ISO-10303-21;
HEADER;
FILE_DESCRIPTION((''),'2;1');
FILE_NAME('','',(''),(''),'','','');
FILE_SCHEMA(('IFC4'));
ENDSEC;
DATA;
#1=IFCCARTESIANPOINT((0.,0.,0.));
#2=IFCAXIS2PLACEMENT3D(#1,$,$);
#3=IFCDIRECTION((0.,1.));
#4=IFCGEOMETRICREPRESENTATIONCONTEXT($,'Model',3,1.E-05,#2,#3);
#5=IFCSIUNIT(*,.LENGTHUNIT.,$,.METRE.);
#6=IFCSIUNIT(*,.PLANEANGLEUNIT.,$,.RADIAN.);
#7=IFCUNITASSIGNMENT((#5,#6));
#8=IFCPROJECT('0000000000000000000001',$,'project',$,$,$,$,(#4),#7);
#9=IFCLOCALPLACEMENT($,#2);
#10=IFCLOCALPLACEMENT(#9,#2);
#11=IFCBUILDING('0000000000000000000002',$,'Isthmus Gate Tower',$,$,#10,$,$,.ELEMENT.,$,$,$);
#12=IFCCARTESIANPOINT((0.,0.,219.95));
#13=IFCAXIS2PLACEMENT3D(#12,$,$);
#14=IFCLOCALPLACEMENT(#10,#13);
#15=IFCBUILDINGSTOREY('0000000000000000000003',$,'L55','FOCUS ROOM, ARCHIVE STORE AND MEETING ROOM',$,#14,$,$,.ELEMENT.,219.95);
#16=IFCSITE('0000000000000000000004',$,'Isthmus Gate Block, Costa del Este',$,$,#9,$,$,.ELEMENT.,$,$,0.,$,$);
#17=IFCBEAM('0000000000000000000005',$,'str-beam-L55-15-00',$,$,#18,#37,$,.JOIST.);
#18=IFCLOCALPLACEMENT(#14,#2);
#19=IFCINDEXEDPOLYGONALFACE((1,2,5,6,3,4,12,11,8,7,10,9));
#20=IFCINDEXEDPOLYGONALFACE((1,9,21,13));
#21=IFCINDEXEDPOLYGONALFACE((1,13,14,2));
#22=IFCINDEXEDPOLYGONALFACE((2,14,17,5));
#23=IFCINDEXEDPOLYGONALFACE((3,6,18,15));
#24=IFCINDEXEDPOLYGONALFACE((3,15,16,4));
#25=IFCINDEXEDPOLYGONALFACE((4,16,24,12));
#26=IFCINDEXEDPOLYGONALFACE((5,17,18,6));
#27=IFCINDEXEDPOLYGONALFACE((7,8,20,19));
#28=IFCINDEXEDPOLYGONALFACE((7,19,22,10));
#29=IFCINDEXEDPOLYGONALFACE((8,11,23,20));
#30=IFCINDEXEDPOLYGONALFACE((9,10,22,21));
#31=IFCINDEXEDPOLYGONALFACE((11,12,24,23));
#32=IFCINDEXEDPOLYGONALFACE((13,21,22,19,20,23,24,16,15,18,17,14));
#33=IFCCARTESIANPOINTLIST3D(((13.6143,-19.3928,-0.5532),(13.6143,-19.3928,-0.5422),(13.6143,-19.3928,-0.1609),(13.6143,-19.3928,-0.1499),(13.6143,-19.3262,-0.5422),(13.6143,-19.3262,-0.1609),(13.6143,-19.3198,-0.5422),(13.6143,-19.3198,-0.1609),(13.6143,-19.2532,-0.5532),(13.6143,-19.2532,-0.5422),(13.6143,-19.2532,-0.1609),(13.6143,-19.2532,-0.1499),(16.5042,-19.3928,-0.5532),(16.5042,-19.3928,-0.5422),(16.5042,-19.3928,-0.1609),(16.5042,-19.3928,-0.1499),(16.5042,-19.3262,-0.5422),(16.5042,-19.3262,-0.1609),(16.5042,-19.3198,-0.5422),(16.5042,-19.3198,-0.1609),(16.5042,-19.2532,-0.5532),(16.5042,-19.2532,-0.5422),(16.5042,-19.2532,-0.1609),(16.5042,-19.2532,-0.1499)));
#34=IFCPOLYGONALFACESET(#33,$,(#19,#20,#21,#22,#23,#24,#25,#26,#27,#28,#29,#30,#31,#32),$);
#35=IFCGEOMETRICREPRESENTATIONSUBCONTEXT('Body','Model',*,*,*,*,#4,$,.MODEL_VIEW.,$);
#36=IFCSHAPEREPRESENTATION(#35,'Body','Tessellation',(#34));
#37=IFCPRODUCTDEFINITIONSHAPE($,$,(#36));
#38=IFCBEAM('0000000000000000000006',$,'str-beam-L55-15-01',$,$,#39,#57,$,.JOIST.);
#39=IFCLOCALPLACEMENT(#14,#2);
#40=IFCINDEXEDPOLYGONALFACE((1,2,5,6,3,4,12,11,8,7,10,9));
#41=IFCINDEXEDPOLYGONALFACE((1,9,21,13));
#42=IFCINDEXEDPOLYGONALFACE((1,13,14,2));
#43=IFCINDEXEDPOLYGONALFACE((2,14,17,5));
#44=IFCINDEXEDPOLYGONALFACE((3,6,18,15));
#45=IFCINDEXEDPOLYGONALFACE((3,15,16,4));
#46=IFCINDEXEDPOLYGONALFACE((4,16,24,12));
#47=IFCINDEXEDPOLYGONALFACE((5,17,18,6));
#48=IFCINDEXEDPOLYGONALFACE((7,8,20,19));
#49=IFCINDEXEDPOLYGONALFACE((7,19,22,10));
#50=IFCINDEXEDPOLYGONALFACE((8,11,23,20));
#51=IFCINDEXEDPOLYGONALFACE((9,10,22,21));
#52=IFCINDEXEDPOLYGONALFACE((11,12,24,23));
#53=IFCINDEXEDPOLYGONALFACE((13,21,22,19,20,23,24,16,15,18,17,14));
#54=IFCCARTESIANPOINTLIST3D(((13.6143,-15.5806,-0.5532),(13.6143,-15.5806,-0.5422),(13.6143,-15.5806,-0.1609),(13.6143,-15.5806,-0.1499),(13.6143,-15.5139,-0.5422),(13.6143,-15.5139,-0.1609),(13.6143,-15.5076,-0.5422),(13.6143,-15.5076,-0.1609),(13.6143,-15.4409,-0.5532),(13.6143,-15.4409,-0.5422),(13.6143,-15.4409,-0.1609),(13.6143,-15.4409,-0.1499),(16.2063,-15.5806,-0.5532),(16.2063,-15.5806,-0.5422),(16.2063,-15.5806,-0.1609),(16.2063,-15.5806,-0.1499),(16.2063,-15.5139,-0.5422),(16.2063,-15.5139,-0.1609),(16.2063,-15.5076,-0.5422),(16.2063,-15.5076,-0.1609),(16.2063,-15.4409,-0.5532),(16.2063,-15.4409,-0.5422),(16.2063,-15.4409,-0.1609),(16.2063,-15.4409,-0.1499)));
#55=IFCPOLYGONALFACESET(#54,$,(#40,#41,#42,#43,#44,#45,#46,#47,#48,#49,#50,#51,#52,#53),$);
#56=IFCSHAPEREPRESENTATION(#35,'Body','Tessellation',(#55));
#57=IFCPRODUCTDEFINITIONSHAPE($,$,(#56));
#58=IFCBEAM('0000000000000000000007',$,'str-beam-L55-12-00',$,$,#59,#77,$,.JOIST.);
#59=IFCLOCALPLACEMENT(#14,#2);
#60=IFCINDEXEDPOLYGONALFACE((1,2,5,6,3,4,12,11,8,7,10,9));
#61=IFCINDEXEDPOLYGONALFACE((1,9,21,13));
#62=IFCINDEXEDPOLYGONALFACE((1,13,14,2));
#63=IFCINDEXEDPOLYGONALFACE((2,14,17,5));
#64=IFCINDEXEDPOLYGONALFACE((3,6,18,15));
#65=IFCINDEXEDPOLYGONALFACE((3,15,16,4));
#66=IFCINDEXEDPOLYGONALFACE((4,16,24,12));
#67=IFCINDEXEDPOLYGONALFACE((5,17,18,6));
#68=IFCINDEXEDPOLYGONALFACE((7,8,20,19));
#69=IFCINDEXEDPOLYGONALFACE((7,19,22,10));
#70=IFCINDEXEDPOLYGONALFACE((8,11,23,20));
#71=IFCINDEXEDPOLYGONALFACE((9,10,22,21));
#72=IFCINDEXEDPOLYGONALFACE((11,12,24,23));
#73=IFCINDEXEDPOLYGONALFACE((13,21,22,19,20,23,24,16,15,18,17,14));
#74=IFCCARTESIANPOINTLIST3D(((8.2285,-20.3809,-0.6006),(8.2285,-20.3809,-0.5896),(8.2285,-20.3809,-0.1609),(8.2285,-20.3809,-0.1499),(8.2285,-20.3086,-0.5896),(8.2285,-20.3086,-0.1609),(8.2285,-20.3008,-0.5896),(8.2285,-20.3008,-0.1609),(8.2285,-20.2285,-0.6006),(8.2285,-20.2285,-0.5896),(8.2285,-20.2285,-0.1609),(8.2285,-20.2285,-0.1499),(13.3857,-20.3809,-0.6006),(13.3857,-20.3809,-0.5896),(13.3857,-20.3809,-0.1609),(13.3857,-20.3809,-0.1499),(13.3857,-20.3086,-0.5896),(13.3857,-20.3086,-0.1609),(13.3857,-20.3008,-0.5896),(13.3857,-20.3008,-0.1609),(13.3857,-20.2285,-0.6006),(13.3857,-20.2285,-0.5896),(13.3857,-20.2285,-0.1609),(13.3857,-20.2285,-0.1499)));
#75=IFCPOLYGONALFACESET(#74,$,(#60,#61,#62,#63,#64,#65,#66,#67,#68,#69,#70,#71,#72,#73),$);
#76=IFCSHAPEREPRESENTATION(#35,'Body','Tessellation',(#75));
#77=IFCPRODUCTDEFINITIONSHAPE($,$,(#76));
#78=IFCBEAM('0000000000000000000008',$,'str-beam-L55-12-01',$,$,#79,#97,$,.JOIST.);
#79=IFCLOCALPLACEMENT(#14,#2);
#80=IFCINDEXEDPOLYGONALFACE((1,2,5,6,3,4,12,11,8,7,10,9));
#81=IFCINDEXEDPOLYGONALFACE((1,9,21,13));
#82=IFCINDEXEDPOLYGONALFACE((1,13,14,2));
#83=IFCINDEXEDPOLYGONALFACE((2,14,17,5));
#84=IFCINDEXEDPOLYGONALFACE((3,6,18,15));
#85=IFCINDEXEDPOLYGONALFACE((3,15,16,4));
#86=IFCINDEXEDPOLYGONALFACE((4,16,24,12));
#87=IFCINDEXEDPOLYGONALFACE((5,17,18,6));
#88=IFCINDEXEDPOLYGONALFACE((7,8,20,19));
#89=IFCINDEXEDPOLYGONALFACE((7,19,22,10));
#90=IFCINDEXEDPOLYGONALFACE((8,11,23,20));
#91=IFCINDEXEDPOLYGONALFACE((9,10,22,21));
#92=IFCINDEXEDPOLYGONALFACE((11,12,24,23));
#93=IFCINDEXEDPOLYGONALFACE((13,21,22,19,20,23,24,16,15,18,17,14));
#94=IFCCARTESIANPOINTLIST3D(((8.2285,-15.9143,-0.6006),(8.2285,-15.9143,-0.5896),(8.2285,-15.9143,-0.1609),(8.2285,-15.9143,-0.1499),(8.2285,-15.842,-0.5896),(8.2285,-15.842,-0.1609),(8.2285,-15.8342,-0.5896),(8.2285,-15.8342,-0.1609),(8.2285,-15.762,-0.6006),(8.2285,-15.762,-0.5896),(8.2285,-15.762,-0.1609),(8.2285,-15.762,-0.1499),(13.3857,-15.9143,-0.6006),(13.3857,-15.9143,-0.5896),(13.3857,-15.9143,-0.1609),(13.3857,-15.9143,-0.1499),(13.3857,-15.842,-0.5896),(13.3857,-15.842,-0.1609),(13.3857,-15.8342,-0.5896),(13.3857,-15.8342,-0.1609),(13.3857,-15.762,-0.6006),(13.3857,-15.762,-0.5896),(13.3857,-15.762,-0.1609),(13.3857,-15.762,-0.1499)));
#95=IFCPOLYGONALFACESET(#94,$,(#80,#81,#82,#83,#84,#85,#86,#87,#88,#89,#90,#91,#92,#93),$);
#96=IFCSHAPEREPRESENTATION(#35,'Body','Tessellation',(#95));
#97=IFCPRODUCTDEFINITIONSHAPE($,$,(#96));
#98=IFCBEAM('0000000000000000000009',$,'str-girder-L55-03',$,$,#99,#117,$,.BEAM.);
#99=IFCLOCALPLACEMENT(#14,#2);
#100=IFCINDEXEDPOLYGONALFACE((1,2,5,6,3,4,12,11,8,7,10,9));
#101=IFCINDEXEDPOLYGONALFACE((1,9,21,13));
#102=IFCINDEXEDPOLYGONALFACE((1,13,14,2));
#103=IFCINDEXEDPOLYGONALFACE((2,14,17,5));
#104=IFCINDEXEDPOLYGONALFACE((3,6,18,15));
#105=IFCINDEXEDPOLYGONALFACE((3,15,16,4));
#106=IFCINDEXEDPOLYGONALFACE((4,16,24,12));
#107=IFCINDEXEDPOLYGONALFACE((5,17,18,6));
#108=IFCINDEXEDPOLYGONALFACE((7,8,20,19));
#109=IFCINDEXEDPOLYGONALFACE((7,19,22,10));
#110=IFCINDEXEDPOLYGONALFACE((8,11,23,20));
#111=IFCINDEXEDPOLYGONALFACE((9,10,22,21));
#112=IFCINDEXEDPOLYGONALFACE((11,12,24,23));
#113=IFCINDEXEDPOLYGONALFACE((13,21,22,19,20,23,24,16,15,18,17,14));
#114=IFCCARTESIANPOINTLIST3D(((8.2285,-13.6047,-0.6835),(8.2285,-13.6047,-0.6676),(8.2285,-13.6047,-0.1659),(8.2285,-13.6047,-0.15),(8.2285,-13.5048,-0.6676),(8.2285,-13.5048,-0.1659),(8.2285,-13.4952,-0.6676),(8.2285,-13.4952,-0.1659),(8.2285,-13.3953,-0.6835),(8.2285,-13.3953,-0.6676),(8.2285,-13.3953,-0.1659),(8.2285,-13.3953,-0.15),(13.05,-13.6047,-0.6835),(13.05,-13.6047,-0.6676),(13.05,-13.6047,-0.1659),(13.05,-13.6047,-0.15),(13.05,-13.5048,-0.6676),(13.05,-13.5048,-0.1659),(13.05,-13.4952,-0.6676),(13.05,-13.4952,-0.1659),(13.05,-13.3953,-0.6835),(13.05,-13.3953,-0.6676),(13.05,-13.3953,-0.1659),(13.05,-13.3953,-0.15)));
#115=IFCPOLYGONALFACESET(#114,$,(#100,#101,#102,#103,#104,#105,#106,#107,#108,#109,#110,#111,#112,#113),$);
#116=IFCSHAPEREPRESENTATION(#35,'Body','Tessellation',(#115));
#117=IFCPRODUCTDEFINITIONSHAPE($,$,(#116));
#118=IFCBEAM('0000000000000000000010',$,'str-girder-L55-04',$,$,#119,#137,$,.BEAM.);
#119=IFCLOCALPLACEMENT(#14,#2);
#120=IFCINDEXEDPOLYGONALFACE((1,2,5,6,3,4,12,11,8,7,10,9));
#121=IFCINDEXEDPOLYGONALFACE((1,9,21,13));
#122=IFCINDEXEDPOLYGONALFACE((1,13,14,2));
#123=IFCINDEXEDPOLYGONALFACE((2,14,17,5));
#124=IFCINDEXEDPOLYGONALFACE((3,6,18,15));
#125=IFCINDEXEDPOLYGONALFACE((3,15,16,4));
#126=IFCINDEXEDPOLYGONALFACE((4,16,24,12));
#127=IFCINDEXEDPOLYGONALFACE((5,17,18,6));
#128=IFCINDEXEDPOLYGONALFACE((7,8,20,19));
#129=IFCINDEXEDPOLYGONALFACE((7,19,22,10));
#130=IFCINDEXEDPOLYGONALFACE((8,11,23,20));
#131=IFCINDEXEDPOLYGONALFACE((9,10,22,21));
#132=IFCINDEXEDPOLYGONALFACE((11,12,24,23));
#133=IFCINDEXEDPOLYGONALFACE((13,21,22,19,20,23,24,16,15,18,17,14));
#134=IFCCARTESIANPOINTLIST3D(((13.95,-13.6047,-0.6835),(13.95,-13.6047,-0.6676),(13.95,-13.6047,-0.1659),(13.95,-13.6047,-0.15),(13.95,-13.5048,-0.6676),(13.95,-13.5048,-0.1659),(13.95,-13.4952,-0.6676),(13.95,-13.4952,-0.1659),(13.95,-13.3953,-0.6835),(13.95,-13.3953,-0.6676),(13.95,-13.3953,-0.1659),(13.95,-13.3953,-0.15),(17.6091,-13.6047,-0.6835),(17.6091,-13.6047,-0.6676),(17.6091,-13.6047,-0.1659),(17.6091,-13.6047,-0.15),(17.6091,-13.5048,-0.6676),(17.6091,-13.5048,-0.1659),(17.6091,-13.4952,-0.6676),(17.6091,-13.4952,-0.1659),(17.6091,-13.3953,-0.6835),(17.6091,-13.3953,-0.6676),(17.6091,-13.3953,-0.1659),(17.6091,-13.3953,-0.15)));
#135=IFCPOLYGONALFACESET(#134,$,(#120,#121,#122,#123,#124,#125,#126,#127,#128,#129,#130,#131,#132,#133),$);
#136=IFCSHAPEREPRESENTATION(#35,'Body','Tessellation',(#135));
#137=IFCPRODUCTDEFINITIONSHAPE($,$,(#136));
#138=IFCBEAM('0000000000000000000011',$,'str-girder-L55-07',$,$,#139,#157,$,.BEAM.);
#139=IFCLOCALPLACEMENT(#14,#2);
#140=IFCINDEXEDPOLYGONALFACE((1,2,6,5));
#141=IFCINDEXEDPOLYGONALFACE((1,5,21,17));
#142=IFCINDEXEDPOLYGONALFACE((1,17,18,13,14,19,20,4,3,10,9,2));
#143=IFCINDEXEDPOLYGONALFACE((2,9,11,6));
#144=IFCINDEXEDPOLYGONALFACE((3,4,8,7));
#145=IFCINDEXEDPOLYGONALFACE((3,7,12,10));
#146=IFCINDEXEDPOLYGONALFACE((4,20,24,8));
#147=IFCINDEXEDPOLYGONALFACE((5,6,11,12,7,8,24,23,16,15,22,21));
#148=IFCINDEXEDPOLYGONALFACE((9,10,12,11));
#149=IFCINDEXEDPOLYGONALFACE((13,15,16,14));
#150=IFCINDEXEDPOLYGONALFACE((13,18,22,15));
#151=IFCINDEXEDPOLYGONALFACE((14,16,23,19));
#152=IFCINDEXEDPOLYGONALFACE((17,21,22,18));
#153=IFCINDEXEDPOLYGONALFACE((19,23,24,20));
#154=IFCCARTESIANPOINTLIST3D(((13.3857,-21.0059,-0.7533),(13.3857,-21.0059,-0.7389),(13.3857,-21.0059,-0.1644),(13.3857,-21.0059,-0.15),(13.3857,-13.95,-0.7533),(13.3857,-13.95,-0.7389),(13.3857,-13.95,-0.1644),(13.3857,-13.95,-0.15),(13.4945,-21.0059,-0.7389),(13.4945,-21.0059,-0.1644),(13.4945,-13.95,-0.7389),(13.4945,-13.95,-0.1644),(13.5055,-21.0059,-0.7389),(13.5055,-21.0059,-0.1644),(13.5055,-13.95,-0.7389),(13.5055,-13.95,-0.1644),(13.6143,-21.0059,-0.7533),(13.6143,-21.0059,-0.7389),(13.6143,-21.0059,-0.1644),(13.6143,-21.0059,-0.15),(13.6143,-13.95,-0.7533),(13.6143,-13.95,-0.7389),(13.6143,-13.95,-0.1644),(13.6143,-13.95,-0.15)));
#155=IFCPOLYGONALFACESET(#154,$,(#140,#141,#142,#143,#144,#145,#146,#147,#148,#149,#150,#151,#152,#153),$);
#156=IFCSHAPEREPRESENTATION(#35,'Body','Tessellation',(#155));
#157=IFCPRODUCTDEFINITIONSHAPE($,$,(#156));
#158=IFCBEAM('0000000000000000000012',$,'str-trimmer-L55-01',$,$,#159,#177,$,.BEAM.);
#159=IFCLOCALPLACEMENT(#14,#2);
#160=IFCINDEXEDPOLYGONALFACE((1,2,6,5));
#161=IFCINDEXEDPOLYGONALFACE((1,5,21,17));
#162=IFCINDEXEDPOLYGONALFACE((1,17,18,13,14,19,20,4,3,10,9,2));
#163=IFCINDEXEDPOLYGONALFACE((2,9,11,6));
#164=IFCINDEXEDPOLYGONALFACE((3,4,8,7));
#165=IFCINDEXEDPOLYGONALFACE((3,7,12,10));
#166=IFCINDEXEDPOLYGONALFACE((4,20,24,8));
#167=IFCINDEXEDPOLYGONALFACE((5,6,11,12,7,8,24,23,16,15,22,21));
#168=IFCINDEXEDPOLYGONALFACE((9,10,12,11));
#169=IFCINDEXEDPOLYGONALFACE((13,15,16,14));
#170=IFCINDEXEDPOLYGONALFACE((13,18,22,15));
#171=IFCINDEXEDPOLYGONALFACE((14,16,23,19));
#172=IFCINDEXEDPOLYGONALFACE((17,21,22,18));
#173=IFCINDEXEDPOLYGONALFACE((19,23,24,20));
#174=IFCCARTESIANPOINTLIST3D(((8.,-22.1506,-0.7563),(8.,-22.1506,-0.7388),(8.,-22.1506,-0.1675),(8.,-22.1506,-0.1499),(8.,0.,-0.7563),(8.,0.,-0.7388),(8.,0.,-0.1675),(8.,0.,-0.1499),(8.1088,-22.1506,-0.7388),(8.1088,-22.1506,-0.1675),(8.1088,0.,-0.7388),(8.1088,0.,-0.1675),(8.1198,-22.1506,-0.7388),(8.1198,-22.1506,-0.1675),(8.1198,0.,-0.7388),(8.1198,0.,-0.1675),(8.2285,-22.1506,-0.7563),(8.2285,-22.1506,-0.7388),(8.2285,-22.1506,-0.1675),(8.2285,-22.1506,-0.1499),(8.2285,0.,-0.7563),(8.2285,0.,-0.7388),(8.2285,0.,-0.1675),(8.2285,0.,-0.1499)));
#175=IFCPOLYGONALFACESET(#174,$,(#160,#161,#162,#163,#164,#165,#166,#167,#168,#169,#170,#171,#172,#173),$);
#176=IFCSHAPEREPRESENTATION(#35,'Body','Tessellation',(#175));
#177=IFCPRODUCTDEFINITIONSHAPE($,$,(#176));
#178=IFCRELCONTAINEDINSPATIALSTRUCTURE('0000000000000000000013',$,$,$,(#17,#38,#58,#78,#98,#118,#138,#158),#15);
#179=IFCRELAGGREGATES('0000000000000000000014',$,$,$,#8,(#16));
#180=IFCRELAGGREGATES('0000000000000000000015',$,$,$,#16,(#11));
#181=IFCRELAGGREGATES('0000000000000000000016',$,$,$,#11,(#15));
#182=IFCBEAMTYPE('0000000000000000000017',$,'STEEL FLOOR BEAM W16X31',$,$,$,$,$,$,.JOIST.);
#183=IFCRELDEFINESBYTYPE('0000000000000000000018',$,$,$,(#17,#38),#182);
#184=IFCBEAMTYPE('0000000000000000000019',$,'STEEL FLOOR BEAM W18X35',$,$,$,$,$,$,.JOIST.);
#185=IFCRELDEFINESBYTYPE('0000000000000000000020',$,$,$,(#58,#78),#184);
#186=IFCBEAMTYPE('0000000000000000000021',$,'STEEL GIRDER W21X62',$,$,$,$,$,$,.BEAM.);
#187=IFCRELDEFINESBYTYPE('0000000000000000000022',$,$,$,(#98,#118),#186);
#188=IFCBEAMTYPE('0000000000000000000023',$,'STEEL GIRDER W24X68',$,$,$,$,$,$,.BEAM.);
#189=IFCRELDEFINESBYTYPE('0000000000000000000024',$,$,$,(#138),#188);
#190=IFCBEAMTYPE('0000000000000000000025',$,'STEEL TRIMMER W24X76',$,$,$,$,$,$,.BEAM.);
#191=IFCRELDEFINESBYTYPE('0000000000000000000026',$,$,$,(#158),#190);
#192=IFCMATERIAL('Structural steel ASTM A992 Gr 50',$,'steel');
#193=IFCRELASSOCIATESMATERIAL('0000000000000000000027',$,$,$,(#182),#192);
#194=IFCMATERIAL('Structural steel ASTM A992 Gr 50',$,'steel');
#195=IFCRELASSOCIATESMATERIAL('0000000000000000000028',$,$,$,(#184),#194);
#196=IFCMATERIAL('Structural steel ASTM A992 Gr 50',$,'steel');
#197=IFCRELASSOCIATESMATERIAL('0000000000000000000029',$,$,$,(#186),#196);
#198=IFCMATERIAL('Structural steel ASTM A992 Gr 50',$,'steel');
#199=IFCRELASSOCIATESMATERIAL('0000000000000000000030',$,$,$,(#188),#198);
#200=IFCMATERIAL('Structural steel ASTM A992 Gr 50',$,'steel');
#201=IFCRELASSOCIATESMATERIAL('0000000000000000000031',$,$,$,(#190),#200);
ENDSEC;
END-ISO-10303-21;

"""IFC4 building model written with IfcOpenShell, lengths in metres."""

from ifc_helpers import new_model, si_unit, direction, frame, origin, origin_2d, place, context, subcontext, project, spatial, i_section, extrude, material, material_profile, profile_set, type_object, element, save


model = new_model("IFC4")

# Units and contexts
model_context = context("Model", 3, precision=1e-05, world=origin(), true_north=direction((0.0, 1.0)))
body_context = subcontext(model_context, "Body", "Model", "MODEL_VIEW")
ifc_project = project(units=[si_unit("LENGTHUNIT", "METRE"), si_unit("PLANEANGLEUNIT", "RADIAN")], contexts=[model_context])

# Site, building, storey
site_placement = place(None, origin())
site = spatial("IfcSite", under=ifc_project, at=site_placement, Name="Isthmus Gate Block, Costa del Este", CompositionType="ELEMENT", RefElevation=0.0)
building_placement = place(site_placement, origin())
building = spatial("IfcBuilding", under=site, at=building_placement, Name="Isthmus Gate Tower", CompositionType="ELEMENT")
storey_placement = place(building_placement, frame((0.0, 0.0, 219.95)))
storey = spatial("IfcBuildingStorey", under=building, at=storey_placement, Name="L55", Description="FOCUS ROOM, ARCHIVE STORE AND MEETING ROOM", CompositionType="ELEMENT", Elevation=219.95)

# Beams
ifc_material_1 = material(Name="Structural steel ASTM A992 Gr 50", Category="steel")
ifc_material_profile_1 = material_profile(ifc_material_1, i_section(OverallWidth=0.1396, OverallDepth=0.4033, WebThickness=0.0063, FlangeThickness=0.011, at=origin_2d()), Name="W16X31")
ifc_profile_set_1 = profile_set([ifc_material_profile_1], Name="Structural steel ASTM A992 Gr 50")
beam_type_1 = type_object("IfcBeamType", Name="STEEL FLOOR BEAM W16X31", PredefinedType="JOIST", material=ifc_profile_set_1)
beam_1_placement = place(storey_placement, frame((13.6143, -19.323, -0.3516), z_axis=(1.0, 0.0, 0.0), x_axis=(0.0, 1.0, 0.0)))
element("IfcBeam", 1, at=beam_1_placement, inside=storey, type_object=beam_type_1, Name="str-beam-L55-15-00", PredefinedType="JOIST", context=body_context, shape_type="SweptSolid", body=[
    extrude(i_section(OverallWidth=0.1396, OverallDepth=0.4033, WebThickness=0.0063, FlangeThickness=0.011, at=origin_2d()), origin(), (0.0, 0.0, 1.0), 2.8899),
])
beam_2_placement = place(storey_placement, frame((13.6143, -15.5107, -0.3516), z_axis=(1.0, 0.0, 0.0), x_axis=(0.0, 1.0, 0.0)))
element("IfcBeam", 2, at=beam_2_placement, inside=storey, type_object=beam_type_1, Name="str-beam-L55-15-01", PredefinedType="JOIST", context=body_context, shape_type="SweptSolid", body=[
    extrude(i_section(OverallWidth=0.1396, OverallDepth=0.4033, WebThickness=0.0063, FlangeThickness=0.011, at=origin_2d()), origin(), (0.0, 0.0, 1.0), 2.592),
])
ifc_material_2 = material(Name="Structural steel ASTM A992 Gr 50", Category="steel")
ifc_material_profile_2 = material_profile(ifc_material_2, i_section(OverallWidth=0.1523, OverallDepth=0.4507, WebThickness=0.0078, FlangeThickness=0.011, at=origin_2d()), Name="W18X35")
ifc_profile_set_2 = profile_set([ifc_material_profile_2], Name="Structural steel ASTM A992 Gr 50")
beam_type_2 = type_object("IfcBeamType", Name="STEEL FLOOR BEAM W18X35", PredefinedType="JOIST", material=ifc_profile_set_2)
for number, where, z_axis, x_axis, name in (
    (3, (8.2285, -20.3047, -0.3752), (1.0, 0.0, 0.0), (0.0, 1.0, 0.0), "str-beam-L55-12-00"),
    (4, (8.2285, -15.8381, -0.3752), (1.0, 0.0, 0.0), (0.0, 1.0, 0.0), "str-beam-L55-12-01"),
):
    element("IfcBeam", number, at=place(storey_placement, frame(where, z_axis=z_axis, x_axis=x_axis)), inside=storey, type_object=beam_type_2, Name=name, PredefinedType="JOIST", context=body_context, shape_type="SweptSolid", body=[
        extrude(i_section(OverallWidth=0.1523, OverallDepth=0.4507, WebThickness=0.0078, FlangeThickness=0.011, at=origin_2d()), origin(), (0.0, 0.0, 1.0), 5.1572),
    ])
ifc_material_3 = material(Name="Structural steel ASTM A992 Gr 50", Category="steel")
ifc_material_profile_3 = material_profile(ifc_material_3, i_section(OverallWidth=0.2095, OverallDepth=0.5334, WebThickness=0.0095, FlangeThickness=0.0159, at=origin_2d()), Name="W21X62")
ifc_profile_set_3 = profile_set([ifc_material_profile_3], Name="Structural steel ASTM A992 Gr 50")
beam_type_3 = type_object("IfcBeamType", Name="STEEL GIRDER W21X62", PredefinedType="BEAM", material=ifc_profile_set_3)
beam_3_placement = place(storey_placement, frame((8.2285, -13.5, -0.4167), z_axis=(1.0, 0.0, 0.0), x_axis=(0.0, 1.0, 0.0)))
element("IfcBeam", 5, at=beam_3_placement, inside=storey, type_object=beam_type_3, Name="str-girder-L55-03", PredefinedType="BEAM", context=body_context, shape_type="SweptSolid", body=[
    extrude(i_section(OverallWidth=0.2095, OverallDepth=0.5334, WebThickness=0.0095, FlangeThickness=0.0159, at=origin_2d()), origin(), (0.0, 0.0, 1.0), 4.8215),
])
beam_4_placement = place(storey_placement, frame((13.95, -13.5, -0.4167), z_axis=(1.0, 0.0, 0.0), x_axis=(0.0, 1.0, 0.0)))
element("IfcBeam", 6, at=beam_4_placement, inside=storey, type_object=beam_type_3, Name="str-girder-L55-04", PredefinedType="BEAM", context=body_context, shape_type="SweptSolid", body=[
    extrude(i_section(OverallWidth=0.2095, OverallDepth=0.5334, WebThickness=0.0095, FlangeThickness=0.0159, at=origin_2d()), origin(), (0.0, 0.0, 1.0), 3.6592),
])
ifc_material_4 = material(Name="Structural steel ASTM A992 Gr 50", Category="steel")
ifc_material_profile_4 = material_profile(ifc_material_4, i_section(OverallWidth=0.2285, OverallDepth=0.6033, WebThickness=0.011, FlangeThickness=0.0144, at=origin_2d()), Name="W24X68")
ifc_profile_set_4 = profile_set([ifc_material_profile_4], Name="Structural steel ASTM A992 Gr 50")
beam_type_4 = type_object("IfcBeamType", Name="STEEL GIRDER W24X68", PredefinedType="BEAM", material=ifc_profile_set_4)
beam_5_placement = place(storey_placement, frame((13.5, -21.0059, -0.4517), z_axis=(0.0, 1.0, 0.0), x_axis=(-1.0, 0.0, 0.0)))
element("IfcBeam", 7, at=beam_5_placement, inside=storey, type_object=beam_type_4, Name="str-girder-L55-07", PredefinedType="BEAM", context=body_context, shape_type="SweptSolid", body=[
    extrude(i_section(OverallWidth=0.2285, OverallDepth=0.6033, WebThickness=0.011, FlangeThickness=0.0144, at=origin_2d()), origin(), (0.0, 0.0, 1.0), 7.0559),
])
ifc_material_5 = material(Name="Structural steel ASTM A992 Gr 50", Category="steel")
ifc_material_profile_5 = material_profile(ifc_material_5, i_section(OverallWidth=0.2285, OverallDepth=0.6064, WebThickness=0.011, FlangeThickness=0.0176, at=origin_2d()), Name="W24X76")
ifc_profile_set_5 = profile_set([ifc_material_profile_5], Name="Structural steel ASTM A992 Gr 50")
beam_type_5 = type_object("IfcBeamType", Name="STEEL TRIMMER W24X76", PredefinedType="BEAM", material=ifc_profile_set_5)
beam_6_placement = place(storey_placement, frame((8.1143, -22.1506, -0.4531), z_axis=(0.0, 1.0, 0.0), x_axis=(-1.0, 0.0, 0.0)))
element("IfcBeam", 8, at=beam_6_placement, inside=storey, type_object=beam_type_5, Name="str-trimmer-L55-01", PredefinedType="BEAM", context=body_context, shape_type="SweptSolid", body=[
    extrude(i_section(OverallWidth=0.2285, OverallDepth=0.6064, WebThickness=0.011, FlangeThickness=0.0176, at=origin_2d()), origin(), (0.0, 0.0, 1.0), 22.1506),
])

save(model, "model.ifc")
